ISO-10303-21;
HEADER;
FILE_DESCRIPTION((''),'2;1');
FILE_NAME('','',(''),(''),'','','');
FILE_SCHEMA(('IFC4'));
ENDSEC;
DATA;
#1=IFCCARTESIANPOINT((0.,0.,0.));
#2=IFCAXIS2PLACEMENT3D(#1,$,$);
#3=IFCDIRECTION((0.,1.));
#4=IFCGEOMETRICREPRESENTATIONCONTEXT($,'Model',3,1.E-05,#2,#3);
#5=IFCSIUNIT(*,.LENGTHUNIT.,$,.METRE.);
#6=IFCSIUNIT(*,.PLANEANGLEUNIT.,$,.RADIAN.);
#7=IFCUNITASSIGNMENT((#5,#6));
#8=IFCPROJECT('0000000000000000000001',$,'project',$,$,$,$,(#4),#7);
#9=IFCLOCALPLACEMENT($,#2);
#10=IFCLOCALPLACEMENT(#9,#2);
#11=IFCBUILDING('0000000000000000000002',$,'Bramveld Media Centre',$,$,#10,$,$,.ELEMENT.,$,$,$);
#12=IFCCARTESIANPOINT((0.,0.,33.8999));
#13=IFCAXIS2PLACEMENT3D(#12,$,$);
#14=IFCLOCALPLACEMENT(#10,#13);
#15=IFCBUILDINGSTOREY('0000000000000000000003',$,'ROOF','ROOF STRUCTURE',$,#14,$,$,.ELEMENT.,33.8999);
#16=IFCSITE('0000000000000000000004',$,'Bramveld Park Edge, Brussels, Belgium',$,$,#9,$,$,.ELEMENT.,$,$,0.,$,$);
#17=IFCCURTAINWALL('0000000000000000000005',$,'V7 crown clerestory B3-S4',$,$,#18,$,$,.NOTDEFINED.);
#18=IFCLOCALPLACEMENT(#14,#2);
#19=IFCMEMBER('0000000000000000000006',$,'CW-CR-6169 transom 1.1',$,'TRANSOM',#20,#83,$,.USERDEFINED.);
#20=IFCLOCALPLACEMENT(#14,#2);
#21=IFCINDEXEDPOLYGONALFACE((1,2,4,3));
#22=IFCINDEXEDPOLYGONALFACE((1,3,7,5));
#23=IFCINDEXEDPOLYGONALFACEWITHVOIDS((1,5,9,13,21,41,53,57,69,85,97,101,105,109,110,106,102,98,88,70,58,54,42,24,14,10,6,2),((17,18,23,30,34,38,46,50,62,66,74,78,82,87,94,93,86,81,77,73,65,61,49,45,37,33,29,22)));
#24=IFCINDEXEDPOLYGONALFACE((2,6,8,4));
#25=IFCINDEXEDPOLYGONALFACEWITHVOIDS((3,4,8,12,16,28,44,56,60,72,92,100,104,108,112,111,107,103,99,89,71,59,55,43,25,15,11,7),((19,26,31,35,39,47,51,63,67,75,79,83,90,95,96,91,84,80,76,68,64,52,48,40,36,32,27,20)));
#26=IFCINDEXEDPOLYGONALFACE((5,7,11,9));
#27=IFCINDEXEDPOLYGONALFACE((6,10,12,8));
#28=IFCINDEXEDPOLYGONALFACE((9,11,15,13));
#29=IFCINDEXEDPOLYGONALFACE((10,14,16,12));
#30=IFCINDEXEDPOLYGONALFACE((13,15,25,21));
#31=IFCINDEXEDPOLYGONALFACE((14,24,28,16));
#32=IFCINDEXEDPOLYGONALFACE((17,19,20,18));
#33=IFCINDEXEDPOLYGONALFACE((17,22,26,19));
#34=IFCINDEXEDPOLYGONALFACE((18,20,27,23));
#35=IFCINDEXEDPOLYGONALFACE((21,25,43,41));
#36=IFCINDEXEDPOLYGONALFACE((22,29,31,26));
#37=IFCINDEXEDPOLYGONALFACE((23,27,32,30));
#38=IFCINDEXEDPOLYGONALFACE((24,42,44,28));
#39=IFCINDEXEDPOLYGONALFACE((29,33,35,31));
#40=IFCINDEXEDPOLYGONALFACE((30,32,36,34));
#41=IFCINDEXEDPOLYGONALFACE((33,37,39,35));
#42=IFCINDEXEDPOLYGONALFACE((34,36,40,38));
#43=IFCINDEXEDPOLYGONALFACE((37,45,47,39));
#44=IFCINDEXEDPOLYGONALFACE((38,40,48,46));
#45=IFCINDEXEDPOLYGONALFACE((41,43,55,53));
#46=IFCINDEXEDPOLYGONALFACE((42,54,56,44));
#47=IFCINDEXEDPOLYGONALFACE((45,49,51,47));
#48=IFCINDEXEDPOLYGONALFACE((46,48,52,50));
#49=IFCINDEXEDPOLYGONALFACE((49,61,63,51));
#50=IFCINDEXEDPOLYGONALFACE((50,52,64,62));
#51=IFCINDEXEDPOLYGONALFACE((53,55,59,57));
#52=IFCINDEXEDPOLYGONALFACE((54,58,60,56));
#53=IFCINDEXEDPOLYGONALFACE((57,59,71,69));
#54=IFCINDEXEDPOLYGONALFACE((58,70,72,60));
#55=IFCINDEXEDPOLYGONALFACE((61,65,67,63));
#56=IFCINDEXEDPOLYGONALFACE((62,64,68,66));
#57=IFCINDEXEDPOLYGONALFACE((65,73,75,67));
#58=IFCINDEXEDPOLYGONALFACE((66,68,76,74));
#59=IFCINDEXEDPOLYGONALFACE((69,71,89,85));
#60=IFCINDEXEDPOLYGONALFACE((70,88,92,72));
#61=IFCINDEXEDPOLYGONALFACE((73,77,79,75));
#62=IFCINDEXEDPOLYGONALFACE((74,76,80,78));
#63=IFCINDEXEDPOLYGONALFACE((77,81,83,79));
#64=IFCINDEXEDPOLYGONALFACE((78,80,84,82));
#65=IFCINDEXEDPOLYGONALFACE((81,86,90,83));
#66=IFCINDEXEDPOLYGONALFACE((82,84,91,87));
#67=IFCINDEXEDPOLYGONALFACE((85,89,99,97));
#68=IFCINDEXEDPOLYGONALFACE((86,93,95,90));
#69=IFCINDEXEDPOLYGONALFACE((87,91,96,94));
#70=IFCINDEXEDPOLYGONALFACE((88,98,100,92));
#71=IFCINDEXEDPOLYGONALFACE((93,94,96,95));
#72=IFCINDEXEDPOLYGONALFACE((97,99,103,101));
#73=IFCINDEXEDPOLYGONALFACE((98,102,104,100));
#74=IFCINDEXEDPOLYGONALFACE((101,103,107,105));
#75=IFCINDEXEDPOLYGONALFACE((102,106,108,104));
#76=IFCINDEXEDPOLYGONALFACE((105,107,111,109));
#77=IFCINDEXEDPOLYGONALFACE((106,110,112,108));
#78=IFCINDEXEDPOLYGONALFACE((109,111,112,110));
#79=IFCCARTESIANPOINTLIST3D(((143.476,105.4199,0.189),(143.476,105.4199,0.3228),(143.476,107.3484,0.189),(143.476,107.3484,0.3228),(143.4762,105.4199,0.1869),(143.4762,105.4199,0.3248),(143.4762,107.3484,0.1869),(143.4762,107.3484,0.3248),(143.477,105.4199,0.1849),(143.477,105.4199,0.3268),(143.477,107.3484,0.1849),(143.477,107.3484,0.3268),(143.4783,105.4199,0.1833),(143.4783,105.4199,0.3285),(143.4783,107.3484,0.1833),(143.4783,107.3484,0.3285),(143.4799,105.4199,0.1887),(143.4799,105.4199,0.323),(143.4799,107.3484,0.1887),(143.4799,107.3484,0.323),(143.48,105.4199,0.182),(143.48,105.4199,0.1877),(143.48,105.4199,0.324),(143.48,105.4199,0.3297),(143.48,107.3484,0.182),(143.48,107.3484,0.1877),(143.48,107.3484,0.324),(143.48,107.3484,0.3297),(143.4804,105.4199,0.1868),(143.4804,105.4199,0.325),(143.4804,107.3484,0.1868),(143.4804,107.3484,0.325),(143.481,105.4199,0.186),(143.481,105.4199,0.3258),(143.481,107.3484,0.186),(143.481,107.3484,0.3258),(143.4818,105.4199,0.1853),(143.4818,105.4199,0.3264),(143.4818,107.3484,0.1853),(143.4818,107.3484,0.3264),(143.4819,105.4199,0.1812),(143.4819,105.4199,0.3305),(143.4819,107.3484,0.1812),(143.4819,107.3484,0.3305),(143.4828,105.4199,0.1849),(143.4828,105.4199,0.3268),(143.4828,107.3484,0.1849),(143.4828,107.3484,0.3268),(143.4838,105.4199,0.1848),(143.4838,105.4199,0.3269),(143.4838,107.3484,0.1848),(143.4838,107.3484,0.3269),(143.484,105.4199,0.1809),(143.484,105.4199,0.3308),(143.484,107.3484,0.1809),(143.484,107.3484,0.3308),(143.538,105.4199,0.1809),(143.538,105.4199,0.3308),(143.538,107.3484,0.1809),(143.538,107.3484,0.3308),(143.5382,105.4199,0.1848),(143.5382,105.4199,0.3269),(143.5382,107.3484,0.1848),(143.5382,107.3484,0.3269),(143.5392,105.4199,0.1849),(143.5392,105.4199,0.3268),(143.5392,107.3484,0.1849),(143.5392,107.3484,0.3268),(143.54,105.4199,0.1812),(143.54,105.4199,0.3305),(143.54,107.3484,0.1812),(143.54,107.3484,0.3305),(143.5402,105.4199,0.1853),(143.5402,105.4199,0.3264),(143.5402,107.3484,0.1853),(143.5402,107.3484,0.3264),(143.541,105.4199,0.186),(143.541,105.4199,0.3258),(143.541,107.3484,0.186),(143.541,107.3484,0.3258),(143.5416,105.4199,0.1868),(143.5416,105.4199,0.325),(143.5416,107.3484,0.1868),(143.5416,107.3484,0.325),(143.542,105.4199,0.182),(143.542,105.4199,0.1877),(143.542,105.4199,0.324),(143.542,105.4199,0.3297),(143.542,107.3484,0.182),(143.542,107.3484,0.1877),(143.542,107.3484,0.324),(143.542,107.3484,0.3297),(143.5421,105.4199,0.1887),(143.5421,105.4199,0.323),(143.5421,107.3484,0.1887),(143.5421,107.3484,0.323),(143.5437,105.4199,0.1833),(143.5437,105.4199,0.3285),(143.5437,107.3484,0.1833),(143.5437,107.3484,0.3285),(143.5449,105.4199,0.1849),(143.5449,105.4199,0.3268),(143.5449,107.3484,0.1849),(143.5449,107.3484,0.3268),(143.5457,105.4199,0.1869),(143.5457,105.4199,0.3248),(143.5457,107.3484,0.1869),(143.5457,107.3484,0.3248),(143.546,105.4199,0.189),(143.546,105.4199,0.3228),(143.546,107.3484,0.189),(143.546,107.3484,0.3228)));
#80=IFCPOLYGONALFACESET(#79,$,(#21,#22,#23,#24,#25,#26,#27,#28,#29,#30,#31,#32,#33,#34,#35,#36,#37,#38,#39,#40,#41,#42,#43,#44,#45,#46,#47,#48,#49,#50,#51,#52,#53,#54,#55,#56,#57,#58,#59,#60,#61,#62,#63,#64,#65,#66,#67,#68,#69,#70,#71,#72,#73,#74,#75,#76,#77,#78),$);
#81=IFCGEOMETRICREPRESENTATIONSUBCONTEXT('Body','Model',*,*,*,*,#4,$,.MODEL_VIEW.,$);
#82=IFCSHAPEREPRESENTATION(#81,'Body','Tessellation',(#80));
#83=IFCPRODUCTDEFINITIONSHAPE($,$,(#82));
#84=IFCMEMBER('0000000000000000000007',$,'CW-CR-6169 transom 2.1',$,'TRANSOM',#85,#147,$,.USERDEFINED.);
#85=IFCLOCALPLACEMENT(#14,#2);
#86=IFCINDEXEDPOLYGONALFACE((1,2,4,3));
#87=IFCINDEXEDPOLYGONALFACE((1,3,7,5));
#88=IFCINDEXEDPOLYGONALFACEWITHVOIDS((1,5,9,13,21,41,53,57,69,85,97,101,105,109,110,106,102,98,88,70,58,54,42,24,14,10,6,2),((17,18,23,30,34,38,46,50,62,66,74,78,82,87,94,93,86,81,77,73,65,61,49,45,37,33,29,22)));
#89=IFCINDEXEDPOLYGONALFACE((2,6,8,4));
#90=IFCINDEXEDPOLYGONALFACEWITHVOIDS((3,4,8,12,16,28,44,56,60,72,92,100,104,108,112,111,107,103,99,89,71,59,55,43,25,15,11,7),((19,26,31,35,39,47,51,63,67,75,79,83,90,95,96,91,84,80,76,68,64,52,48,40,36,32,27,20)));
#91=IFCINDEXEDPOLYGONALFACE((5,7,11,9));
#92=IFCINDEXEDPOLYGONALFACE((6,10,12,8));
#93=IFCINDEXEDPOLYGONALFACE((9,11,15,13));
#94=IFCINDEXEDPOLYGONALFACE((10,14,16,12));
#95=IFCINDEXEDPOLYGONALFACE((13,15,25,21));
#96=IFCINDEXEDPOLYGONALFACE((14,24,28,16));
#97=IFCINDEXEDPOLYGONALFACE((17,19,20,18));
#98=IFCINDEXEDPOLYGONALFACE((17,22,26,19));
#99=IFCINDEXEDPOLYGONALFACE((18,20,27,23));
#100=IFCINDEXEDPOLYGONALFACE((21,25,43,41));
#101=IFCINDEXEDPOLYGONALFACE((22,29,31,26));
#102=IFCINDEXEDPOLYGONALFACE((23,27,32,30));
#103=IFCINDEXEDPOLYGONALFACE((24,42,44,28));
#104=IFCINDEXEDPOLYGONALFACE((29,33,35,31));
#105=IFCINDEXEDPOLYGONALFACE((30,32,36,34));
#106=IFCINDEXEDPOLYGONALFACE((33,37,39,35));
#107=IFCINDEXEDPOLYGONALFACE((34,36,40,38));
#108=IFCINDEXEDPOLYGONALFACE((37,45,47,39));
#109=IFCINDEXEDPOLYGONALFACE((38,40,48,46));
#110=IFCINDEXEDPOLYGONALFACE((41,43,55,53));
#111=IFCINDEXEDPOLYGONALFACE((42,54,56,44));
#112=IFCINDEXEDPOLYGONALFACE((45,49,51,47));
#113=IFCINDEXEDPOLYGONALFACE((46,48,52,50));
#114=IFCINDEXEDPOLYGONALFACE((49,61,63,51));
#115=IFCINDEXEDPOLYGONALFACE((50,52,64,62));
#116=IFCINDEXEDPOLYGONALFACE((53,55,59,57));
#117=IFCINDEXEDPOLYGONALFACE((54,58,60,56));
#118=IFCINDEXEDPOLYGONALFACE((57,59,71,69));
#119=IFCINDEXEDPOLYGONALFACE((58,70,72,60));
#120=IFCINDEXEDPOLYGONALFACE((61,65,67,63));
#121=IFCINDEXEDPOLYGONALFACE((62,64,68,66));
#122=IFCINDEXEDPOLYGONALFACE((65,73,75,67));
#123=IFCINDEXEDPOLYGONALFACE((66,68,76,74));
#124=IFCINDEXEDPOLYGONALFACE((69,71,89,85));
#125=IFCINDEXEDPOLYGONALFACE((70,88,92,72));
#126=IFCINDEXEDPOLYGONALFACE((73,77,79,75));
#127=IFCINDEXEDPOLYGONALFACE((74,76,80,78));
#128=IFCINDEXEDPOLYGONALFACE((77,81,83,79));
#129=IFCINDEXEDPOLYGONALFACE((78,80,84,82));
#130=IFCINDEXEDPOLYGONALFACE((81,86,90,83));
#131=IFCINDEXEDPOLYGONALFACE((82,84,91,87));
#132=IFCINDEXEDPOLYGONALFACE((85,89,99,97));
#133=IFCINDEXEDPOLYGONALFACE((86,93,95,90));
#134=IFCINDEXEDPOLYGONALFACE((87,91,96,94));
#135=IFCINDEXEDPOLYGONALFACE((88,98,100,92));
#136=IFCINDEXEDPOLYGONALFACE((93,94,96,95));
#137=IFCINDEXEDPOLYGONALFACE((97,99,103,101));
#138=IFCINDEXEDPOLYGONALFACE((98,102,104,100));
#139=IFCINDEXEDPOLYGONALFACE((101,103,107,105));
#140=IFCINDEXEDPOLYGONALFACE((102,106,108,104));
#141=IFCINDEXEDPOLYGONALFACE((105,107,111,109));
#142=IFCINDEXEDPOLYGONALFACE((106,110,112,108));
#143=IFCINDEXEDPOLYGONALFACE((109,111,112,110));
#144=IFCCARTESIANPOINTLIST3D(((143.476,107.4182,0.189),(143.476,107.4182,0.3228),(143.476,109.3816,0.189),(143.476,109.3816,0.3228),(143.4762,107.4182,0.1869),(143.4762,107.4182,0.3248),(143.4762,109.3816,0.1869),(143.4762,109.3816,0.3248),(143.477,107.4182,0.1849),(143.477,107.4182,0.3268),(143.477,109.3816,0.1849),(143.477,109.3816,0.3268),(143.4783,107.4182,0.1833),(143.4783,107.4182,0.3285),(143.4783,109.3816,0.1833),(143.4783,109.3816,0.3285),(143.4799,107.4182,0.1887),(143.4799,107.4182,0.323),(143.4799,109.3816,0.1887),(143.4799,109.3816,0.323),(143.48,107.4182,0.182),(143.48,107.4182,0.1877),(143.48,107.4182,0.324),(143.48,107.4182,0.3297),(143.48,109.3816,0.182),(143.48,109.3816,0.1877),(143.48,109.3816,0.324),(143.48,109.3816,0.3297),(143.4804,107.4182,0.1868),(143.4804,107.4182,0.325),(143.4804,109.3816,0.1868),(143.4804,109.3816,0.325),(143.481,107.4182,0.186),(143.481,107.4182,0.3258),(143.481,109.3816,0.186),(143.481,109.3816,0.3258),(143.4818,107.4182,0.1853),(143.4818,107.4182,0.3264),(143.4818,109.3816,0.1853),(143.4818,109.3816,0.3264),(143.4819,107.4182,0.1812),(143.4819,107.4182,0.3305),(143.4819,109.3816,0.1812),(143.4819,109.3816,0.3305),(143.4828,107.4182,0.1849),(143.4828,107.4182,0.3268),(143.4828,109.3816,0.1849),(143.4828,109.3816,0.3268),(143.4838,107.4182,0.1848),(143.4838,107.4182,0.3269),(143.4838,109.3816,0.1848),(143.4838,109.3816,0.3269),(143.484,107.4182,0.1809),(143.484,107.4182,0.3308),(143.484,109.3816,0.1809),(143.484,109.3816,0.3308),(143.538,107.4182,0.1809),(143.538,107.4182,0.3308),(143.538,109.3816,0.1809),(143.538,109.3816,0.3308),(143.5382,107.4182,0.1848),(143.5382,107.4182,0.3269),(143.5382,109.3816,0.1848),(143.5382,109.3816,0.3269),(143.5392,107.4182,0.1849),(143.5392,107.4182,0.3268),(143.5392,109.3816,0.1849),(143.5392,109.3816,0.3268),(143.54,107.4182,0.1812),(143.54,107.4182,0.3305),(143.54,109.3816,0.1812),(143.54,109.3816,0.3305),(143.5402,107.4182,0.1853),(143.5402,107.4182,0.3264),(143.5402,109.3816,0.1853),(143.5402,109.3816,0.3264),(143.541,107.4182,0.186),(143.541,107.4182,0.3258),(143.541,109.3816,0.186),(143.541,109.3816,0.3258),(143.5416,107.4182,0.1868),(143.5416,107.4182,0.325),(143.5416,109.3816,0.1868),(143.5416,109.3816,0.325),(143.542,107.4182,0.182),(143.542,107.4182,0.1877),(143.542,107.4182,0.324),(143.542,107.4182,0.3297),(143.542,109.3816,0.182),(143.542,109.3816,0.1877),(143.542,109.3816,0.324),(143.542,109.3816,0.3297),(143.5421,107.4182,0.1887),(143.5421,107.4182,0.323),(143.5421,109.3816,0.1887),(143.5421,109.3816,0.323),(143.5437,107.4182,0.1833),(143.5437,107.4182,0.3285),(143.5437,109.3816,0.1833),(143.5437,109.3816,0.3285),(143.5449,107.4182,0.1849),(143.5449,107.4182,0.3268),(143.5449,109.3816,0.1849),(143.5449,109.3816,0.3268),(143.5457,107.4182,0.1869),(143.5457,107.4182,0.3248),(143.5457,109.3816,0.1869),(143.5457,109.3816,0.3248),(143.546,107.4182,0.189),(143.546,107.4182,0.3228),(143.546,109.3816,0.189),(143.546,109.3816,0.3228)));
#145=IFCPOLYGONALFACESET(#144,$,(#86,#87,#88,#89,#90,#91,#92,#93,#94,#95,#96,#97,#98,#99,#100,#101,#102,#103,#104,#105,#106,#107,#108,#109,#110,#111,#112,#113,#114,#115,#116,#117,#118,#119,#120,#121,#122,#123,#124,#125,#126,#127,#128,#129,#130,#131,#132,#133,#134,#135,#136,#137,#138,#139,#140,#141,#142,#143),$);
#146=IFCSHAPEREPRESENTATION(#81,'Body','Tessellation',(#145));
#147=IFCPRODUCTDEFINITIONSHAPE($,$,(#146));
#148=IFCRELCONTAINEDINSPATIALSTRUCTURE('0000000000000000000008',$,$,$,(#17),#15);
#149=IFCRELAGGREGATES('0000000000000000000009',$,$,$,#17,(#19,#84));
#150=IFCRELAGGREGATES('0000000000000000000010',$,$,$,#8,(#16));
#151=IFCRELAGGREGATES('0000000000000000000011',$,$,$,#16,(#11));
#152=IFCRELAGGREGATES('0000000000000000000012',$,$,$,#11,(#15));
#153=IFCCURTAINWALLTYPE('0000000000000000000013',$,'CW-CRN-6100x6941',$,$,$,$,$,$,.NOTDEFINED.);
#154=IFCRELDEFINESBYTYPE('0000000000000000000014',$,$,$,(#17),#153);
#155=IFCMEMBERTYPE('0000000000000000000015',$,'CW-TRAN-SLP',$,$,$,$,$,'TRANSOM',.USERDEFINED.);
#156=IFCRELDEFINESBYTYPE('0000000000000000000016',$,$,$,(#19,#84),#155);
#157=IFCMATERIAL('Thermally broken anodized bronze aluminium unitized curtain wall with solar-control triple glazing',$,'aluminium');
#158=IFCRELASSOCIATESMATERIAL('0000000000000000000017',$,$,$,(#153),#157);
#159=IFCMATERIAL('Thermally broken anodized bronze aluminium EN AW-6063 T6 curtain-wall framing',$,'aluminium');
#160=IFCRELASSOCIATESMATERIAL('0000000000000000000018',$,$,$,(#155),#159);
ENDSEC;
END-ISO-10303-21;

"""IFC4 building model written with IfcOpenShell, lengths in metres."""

from ifc_helpers import new_model, si_unit, direction, frame, origin, origin_2d, place, context, subcontext, project, spatial, hollow_rectangle, extrude, material, material_profile, profile_set, type_object, element, aggregate, save


model = new_model("IFC4")

# Units and contexts
model_context = context("Model", 3, precision=1e-05, world=origin(), true_north=direction((0.0, 1.0)))
body_context = subcontext(model_context, "Body", "Model", "MODEL_VIEW")
ifc_project = project(units=[si_unit("LENGTHUNIT", "METRE"), si_unit("PLANEANGLEUNIT", "RADIAN")], contexts=[model_context])

# Site, building, storey
site_placement = place(None, origin())
site = spatial("IfcSite", under=ifc_project, at=site_placement, Name="Bramveld Park Edge, Brussels, Belgium", CompositionType="ELEMENT", RefElevation=0.0)
building_placement = place(site_placement, origin())
building = spatial("IfcBuilding", under=site, at=building_placement, Name="Bramveld Media Centre", CompositionType="ELEMENT")
storey_placement = place(building_placement, frame((0.0, 0.0, 33.8999)))
storey = spatial("IfcBuildingStorey", under=building, at=storey_placement, Name="ROOF", Description="ROOF STRUCTURE", CompositionType="ELEMENT", Elevation=33.8999)

# Curtain wall, members
ifc_material_1 = material(Name="Thermally broken anodized bronze aluminium unitized curtain wall with solar-control triple glazing", Category="aluminium")
curtain_wall_type = type_object("IfcCurtainWallType", Name="CW-CRN-6100x6941", PredefinedType="NOTDEFINED", material=ifc_material_1)
curtain_wall_1_placement = place(storey_placement, origin())
curtain_wall_1 = element("IfcCurtainWall", 1, at=curtain_wall_1_placement, inside=storey, type_object=curtain_wall_type, Name="V7 crown clerestory B3-S4", PredefinedType="NOTDEFINED")
ifc_material_2 = material(Name="Thermally broken anodized bronze aluminium EN AW-6063 T6 curtain-wall framing", Category="aluminium")
ifc_material_profile_1 = material_profile(ifc_material_2, hollow_rectangle(XDim=0.0701, YDim=0.1499, WallThickness=0.0039, InnerFilletRadius=0.0039, OuterFilletRadius=0.0081, at=origin_2d()), Name="AL-TRAN 70x150")
ifc_profile_set_1 = profile_set([ifc_material_profile_1], Name="Thermally broken anodized bronze aluminium EN AW-6063 T6 curtain-wall framing")
member_type_1 = type_object("IfcMemberType", Name="CW-TRAN-SLP", ElementType="TRANSOM", PredefinedType="USERDEFINED", material=ifc_profile_set_1)
member_1_placement = place(storey_placement, frame((143.511, 105.4199, 0.2559), z_axis=(0.0, 1.0, 0.0), x_axis=(-1.0, 0.0, 0.0)))
member_1 = element("IfcMember", 2, at=member_1_placement, type_object=member_type_1, Name="CW-CR-6169 transom 1.1", ObjectType="TRANSOM", PredefinedType="USERDEFINED", context=body_context, shape_type="SweptSolid", body=[
    extrude(hollow_rectangle(XDim=0.0701, YDim=0.1499, WallThickness=0.0039, InnerFilletRadius=0.0039, OuterFilletRadius=0.0081, at=origin_2d()), origin(), (0.0, 0.0, 1.0), 1.9285),
])
member_2_placement = place(storey_placement, frame((143.511, 107.4182, 0.2559), z_axis=(0.0, 1.0, 0.0), x_axis=(-1.0, 0.0, 0.0)))
member_2 = element("IfcMember", 3, at=member_2_placement, type_object=member_type_1, Name="CW-CR-6169 transom 2.1", ObjectType="TRANSOM", PredefinedType="USERDEFINED", context=body_context, shape_type="SweptSolid", body=[
    extrude(hollow_rectangle(XDim=0.0701, YDim=0.1499, WallThickness=0.0039, InnerFilletRadius=0.0039, OuterFilletRadius=0.0081, at=origin_2d()), origin(), (0.0, 0.0, 1.0), 1.9634),
])
aggregate(curtain_wall_1, [member_1, member_2])

save(model, "model.ifc")
